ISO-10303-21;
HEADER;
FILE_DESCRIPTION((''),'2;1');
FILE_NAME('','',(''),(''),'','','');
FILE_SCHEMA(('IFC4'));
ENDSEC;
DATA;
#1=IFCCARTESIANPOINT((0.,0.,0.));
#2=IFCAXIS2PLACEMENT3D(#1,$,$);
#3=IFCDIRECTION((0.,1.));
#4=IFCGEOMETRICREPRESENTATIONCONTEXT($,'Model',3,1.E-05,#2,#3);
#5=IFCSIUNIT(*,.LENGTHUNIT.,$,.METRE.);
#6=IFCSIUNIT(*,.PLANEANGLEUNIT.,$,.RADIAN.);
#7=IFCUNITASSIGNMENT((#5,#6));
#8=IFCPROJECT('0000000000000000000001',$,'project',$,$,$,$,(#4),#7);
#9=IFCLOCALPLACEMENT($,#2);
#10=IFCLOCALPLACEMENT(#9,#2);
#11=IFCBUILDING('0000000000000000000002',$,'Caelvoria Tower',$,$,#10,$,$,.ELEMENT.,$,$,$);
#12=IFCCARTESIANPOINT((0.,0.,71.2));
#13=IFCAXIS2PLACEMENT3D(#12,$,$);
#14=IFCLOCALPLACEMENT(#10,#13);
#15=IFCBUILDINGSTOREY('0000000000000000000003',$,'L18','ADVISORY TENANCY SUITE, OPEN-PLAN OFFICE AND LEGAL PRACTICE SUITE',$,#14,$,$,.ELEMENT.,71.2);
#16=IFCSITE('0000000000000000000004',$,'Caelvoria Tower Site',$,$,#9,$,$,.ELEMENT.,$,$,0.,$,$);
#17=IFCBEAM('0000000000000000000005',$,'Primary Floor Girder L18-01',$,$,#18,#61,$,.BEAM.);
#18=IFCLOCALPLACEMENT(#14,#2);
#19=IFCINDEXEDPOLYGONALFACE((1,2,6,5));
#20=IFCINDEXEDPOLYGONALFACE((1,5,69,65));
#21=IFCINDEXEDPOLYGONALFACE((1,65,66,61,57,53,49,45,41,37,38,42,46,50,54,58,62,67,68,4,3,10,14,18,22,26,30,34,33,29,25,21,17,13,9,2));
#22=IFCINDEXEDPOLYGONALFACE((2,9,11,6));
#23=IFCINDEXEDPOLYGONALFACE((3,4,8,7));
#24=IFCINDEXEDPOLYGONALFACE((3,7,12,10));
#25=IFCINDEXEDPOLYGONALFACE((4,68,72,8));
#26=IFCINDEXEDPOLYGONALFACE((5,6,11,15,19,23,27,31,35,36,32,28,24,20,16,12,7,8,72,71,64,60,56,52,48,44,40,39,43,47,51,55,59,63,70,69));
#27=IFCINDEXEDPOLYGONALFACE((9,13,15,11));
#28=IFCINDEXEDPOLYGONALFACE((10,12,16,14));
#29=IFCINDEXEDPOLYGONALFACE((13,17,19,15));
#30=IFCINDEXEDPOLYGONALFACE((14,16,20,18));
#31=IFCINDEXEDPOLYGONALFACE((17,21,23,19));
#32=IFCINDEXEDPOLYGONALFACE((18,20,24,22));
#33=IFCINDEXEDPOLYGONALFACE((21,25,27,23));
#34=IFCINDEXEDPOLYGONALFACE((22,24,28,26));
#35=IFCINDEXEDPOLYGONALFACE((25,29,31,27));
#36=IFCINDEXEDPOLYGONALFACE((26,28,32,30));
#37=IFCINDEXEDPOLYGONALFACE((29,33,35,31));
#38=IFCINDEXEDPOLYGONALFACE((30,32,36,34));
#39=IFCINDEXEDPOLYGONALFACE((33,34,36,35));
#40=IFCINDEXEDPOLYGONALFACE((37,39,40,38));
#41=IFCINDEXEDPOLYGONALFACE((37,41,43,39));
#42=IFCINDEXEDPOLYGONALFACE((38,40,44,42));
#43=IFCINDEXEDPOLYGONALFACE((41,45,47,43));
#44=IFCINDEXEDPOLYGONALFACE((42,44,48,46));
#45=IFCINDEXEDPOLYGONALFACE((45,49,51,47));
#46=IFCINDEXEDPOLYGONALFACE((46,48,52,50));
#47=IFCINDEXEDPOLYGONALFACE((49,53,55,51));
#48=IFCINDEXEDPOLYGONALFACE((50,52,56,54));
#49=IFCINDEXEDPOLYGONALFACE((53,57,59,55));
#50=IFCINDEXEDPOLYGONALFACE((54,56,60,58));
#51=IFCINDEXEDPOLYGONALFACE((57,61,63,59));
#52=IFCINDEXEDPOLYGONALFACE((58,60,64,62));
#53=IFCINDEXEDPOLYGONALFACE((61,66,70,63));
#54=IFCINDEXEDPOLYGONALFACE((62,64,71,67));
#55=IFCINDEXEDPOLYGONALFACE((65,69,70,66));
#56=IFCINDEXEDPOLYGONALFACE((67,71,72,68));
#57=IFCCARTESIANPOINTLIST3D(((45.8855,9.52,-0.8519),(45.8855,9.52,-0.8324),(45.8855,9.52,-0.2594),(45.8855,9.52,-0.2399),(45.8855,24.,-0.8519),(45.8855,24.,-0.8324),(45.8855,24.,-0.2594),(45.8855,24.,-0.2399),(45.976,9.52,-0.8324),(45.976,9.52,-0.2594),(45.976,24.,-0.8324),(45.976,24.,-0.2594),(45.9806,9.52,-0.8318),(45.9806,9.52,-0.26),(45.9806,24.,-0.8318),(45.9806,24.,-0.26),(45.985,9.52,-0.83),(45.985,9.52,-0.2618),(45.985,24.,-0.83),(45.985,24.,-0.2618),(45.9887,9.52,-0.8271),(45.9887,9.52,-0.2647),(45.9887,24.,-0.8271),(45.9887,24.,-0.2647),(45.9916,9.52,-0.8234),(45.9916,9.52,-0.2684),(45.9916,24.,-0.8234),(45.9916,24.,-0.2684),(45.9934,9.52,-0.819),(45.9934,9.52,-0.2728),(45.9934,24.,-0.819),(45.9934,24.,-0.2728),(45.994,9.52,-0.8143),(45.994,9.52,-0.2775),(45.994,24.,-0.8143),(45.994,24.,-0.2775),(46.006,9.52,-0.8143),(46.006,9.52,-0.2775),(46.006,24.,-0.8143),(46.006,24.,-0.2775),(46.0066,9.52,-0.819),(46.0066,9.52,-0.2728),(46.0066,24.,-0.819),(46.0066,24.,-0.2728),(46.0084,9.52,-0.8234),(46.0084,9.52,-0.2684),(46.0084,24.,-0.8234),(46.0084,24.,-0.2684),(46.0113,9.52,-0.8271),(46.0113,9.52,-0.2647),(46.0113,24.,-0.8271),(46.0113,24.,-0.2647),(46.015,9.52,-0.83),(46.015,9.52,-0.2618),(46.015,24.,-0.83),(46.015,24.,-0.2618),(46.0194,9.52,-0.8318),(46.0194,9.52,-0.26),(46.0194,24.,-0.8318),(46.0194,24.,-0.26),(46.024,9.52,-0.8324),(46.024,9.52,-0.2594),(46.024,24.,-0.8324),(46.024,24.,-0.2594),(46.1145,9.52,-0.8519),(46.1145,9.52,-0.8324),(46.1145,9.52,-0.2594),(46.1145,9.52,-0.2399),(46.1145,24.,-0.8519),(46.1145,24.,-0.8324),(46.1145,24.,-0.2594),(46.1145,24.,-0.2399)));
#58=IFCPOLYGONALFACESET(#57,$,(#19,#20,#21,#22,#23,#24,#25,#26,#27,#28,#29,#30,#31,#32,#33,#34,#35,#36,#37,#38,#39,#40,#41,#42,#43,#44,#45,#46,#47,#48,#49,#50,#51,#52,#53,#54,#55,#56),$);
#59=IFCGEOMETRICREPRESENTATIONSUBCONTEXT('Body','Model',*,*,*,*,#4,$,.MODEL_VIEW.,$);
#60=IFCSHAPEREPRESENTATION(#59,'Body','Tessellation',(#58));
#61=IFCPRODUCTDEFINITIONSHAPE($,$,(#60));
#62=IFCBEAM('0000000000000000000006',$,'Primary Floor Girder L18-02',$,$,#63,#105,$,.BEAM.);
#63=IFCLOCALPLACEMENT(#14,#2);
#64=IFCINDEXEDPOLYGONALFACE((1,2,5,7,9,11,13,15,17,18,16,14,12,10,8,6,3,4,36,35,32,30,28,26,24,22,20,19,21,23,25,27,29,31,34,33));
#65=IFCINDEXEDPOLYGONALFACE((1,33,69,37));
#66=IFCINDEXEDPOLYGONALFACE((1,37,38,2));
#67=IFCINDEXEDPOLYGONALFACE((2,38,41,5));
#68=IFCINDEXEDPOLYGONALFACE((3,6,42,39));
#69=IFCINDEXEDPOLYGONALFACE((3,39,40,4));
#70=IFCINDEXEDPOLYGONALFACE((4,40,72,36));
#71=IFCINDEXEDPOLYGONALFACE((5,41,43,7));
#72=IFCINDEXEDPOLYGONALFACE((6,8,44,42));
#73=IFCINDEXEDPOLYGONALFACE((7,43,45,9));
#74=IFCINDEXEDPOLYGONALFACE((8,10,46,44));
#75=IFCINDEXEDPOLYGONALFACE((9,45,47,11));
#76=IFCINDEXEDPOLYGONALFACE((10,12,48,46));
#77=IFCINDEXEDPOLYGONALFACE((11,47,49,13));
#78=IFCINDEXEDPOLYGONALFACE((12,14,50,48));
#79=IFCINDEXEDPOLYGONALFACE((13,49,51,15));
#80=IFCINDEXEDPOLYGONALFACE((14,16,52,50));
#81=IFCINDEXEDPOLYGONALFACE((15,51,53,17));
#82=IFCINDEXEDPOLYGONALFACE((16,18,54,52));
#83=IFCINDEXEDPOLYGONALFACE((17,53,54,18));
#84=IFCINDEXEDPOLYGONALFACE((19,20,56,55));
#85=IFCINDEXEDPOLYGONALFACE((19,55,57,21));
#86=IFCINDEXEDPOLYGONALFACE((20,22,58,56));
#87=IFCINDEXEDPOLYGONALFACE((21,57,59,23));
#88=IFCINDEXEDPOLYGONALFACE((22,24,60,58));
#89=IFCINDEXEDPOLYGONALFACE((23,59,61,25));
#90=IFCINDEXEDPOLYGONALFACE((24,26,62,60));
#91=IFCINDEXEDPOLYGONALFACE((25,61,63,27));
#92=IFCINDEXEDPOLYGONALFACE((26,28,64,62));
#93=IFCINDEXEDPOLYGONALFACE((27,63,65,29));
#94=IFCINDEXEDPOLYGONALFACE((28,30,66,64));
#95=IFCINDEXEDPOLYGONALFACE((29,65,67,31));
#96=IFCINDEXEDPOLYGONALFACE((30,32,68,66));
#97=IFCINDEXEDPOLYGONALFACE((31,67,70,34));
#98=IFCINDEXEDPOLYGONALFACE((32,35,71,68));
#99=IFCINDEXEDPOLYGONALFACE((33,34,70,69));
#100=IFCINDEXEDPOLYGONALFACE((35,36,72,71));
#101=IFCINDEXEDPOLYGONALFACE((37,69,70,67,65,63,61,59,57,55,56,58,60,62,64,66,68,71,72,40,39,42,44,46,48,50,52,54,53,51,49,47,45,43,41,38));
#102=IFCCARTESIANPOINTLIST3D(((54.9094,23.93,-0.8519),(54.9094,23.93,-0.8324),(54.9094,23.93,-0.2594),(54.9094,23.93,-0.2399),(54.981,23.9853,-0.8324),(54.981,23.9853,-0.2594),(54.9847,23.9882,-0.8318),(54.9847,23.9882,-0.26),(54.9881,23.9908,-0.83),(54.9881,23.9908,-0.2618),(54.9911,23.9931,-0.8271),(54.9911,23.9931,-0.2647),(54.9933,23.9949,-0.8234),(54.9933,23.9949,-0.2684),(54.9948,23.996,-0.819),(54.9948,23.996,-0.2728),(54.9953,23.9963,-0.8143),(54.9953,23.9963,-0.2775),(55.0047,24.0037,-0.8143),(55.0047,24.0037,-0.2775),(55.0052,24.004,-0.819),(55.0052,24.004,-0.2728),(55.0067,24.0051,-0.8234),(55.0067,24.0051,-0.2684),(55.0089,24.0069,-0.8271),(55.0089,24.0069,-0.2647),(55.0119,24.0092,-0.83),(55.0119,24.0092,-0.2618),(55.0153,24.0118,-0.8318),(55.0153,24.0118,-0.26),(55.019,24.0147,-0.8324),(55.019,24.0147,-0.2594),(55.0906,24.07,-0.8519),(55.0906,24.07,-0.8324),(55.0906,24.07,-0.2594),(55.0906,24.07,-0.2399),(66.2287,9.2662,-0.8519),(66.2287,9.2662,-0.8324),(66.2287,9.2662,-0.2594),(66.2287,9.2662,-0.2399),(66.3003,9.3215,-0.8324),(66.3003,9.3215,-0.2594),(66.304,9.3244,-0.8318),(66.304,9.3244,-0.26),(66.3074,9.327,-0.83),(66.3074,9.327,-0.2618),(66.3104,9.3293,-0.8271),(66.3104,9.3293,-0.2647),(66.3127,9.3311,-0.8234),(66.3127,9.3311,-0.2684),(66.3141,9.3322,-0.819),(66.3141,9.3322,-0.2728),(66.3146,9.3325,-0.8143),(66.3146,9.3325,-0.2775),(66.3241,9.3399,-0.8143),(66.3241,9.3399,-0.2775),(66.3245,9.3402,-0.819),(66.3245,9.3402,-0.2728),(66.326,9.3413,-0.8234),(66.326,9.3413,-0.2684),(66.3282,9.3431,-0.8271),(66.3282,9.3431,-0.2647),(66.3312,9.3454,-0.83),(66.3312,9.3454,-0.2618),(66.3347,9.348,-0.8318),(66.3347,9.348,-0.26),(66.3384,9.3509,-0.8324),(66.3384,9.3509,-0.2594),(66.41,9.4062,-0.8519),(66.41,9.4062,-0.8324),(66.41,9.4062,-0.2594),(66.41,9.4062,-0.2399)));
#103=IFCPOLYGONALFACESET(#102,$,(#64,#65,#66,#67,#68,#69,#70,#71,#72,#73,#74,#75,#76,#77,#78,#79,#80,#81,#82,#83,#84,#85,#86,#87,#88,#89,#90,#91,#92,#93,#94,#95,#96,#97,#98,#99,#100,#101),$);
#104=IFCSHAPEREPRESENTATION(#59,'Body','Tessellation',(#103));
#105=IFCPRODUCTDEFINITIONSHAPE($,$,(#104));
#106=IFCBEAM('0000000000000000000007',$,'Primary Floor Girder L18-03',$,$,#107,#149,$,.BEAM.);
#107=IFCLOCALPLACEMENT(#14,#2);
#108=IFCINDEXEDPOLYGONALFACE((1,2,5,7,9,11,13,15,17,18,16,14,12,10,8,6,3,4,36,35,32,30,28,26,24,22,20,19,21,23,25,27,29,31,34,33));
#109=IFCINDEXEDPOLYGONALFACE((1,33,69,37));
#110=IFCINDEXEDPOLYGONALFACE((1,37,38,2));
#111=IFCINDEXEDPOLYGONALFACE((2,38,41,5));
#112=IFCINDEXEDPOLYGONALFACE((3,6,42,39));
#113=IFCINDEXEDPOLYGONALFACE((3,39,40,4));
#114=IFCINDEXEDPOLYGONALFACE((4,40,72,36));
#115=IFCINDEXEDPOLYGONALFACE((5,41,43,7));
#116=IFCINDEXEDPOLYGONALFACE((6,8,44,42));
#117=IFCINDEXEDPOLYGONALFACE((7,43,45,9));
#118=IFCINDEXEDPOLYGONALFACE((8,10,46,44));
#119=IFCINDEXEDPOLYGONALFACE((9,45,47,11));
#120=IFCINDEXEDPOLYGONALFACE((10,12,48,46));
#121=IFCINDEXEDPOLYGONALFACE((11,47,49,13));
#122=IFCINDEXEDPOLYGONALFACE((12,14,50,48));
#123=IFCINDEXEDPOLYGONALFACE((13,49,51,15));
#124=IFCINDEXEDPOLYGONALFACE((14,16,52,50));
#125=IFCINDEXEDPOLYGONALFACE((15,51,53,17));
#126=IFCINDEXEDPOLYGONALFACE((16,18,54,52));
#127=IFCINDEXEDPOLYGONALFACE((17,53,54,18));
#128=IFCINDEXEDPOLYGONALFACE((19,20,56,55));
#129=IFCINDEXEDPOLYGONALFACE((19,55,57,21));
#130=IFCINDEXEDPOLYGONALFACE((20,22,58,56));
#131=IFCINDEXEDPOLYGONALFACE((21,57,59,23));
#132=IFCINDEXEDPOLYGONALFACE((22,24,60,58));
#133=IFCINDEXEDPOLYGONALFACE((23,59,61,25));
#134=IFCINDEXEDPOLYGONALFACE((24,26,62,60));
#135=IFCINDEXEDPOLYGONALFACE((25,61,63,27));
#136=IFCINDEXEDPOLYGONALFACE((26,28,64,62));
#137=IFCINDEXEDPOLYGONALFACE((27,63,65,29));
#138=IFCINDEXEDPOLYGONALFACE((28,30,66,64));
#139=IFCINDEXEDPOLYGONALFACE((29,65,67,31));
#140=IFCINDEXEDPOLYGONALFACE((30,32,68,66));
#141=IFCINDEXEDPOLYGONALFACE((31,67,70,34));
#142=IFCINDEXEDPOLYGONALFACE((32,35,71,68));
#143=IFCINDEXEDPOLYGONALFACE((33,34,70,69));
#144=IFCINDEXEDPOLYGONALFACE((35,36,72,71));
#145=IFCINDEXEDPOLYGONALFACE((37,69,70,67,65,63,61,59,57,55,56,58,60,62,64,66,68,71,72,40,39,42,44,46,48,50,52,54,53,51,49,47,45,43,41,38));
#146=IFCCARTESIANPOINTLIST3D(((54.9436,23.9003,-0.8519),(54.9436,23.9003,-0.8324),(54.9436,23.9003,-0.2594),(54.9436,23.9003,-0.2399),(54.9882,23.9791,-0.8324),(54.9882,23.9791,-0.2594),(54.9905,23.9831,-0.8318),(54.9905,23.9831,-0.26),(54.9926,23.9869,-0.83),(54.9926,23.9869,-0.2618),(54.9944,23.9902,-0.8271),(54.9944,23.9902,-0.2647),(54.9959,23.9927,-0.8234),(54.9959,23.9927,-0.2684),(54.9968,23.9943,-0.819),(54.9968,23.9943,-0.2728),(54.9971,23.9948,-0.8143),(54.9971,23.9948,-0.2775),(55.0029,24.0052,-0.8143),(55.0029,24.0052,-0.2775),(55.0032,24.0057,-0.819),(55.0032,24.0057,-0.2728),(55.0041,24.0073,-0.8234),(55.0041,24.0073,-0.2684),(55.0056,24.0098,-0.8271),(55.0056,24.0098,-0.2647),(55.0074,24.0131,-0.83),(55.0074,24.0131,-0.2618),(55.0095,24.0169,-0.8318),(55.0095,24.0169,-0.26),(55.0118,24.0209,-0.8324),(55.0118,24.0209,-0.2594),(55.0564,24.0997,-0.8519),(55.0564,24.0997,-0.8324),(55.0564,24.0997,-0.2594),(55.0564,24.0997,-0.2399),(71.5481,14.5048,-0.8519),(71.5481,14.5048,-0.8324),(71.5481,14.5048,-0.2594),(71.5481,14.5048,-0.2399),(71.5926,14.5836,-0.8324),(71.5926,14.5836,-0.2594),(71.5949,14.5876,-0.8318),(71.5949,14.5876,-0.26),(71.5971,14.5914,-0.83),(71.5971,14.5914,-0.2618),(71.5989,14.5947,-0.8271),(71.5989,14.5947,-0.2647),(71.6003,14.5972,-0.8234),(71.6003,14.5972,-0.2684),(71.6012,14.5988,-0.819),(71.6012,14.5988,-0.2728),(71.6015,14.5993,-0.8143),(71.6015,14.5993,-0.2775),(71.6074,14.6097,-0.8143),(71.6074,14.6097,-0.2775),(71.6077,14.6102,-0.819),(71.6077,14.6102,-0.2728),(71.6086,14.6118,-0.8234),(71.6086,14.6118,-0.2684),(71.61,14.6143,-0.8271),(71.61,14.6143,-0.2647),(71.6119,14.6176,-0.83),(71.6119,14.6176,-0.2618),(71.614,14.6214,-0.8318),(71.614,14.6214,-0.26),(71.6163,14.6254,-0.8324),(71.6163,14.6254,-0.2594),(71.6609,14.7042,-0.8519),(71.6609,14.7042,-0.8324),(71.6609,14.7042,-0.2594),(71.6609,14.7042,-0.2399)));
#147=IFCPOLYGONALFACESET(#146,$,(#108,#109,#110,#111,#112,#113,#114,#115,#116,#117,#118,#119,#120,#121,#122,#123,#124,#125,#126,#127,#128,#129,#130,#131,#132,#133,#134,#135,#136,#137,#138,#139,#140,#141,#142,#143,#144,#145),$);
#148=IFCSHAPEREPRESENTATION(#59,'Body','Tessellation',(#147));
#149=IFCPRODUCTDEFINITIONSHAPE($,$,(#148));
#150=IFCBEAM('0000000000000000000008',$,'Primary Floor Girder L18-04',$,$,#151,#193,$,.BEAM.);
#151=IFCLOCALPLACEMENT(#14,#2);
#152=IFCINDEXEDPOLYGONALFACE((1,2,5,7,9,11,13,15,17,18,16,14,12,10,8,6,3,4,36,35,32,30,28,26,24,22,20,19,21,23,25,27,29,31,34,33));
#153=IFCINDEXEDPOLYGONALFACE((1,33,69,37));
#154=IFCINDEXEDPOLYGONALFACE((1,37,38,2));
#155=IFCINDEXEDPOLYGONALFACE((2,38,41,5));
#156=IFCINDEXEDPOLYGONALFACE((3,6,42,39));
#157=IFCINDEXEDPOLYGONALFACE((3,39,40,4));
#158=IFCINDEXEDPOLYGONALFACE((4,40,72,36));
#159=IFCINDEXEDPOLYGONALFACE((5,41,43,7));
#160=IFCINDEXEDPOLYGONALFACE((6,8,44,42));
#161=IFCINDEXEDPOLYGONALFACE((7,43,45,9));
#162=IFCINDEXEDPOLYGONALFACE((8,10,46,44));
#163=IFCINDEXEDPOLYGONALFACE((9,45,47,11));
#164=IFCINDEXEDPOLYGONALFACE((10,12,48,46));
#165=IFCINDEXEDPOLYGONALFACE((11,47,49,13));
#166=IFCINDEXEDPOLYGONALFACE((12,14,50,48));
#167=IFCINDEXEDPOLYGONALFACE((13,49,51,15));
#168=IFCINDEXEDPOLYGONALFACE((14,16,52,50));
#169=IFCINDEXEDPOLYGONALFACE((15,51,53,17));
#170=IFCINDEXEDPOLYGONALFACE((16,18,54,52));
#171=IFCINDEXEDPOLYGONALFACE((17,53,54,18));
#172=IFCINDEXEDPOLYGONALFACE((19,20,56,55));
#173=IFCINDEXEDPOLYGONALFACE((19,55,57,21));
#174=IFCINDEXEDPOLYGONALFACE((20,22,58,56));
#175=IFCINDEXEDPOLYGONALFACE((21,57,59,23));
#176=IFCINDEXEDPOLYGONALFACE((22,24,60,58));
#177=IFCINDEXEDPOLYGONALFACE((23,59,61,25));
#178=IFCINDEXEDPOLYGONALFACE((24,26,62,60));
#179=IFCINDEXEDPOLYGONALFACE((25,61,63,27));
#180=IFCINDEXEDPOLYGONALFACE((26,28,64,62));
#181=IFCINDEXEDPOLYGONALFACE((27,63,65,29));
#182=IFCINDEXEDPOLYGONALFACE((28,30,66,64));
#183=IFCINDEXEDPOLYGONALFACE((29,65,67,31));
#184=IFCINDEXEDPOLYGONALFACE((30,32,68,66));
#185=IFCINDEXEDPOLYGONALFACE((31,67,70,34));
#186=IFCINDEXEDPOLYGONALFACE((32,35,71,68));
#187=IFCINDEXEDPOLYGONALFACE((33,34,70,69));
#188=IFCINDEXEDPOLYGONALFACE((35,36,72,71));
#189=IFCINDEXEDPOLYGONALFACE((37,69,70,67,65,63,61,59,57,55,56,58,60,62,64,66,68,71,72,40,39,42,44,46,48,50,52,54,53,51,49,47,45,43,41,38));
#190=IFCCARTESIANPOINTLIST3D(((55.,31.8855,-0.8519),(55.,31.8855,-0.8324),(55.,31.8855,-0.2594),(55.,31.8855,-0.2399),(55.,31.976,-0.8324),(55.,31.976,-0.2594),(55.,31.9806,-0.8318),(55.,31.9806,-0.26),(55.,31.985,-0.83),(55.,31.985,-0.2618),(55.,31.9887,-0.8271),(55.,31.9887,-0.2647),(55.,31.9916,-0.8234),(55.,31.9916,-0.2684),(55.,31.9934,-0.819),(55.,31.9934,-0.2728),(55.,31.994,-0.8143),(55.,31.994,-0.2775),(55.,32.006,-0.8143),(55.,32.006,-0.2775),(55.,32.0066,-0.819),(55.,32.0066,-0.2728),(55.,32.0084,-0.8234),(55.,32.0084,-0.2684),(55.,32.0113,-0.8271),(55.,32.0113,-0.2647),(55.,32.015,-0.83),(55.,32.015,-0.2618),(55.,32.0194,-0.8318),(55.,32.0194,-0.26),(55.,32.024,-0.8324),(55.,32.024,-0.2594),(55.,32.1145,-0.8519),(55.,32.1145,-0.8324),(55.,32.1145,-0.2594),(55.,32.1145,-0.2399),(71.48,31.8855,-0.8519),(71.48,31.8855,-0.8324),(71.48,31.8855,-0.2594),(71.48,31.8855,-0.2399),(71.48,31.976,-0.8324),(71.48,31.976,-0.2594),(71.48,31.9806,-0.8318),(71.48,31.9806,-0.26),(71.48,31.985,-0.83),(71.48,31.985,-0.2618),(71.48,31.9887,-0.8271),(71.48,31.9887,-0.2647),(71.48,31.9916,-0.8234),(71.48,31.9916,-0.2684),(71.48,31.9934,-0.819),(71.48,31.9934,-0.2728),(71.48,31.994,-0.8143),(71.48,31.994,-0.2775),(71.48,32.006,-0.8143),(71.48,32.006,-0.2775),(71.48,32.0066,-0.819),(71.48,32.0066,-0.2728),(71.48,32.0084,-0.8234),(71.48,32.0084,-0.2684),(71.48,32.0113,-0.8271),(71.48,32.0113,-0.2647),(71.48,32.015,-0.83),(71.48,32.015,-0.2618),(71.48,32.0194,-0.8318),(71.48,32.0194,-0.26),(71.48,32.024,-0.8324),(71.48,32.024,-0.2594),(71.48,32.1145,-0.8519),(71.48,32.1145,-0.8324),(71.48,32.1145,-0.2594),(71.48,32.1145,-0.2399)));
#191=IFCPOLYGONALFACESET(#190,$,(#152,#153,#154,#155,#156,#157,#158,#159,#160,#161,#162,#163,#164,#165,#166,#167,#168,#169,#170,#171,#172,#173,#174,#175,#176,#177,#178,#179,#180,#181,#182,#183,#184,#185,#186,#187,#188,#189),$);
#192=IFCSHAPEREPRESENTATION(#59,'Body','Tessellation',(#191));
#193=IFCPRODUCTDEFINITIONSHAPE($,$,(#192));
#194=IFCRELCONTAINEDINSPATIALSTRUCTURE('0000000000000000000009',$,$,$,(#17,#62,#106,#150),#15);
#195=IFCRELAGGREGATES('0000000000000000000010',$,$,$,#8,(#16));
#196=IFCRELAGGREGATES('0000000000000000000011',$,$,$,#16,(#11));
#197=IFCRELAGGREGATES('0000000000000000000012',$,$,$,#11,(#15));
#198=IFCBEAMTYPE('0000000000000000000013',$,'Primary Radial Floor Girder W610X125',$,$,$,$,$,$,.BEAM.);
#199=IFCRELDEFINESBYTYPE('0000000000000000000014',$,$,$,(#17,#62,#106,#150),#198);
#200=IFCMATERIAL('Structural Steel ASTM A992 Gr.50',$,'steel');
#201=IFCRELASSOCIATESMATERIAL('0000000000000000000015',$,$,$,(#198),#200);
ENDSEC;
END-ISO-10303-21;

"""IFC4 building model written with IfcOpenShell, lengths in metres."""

from ifc_helpers import new_model, si_unit, direction, frame, origin, origin_2d, place, context, subcontext, project, spatial, i_section, extrude, material, material_profile, profile_set, type_object, element, save


model = new_model("IFC4")

# Units and contexts
model_context = context("Model", 3, precision=1e-05, world=origin(), true_north=direction((0.0, 1.0)))
body_context = subcontext(model_context, "Body", "Model", "MODEL_VIEW")
ifc_project = project(units=[si_unit("LENGTHUNIT", "METRE"), si_unit("PLANEANGLEUNIT", "RADIAN")], contexts=[model_context])

# Site, building, storey
site_placement = place(None, origin())
site = spatial("IfcSite", under=ifc_project, at=site_placement, Name="Caelvoria Tower Site", CompositionType="ELEMENT", RefElevation=0.0)
building_placement = place(site_placement, origin())
building = spatial("IfcBuilding", under=site, at=building_placement, Name="Caelvoria Tower", CompositionType="ELEMENT")
storey_placement = place(building_placement, frame((0.0, 0.0, 71.2)))
storey = spatial("IfcBuildingStorey", under=building, at=storey_placement, Name="L18", Description="ADVISORY TENANCY SUITE, OPEN-PLAN OFFICE AND LEGAL PRACTICE SUITE", CompositionType="ELEMENT", Elevation=71.2)

# Beams
ifc_material_1 = material(Name="Structural Steel ASTM A992 Gr.50", Category="steel")
ifc_material_profile_1 = material_profile(ifc_material_1, i_section(OverallWidth=0.229, OverallDepth=0.6121, WebThickness=0.012, FlangeThickness=0.0195, FilletRadius=0.0181, at=origin_2d()), Name="Structural Steel ASTM A992 Gr.50")
ifc_profile_set_1 = profile_set([ifc_material_profile_1], Name="W610X125 - Structural Steel ASTM A992 Gr.50")
beam_type_1 = type_object("IfcBeamType", Name="Primary Radial Floor Girder W610X125", PredefinedType="BEAM", material=ifc_profile_set_1)
beam_1_placement = place(storey_placement, frame((46.0, 24.0, -0.5459), z_axis=(0.0, -1.0, 0.0), x_axis=(1.0, 0.0, 0.0)))
element("IfcBeam", 1, at=beam_1_placement, inside=storey, type_object=beam_type_1, Name="Primary Floor Girder L18-01", PredefinedType="BEAM", context=body_context, shape_type="SweptSolid", body=[
    extrude(i_section(OverallWidth=0.229, OverallDepth=0.6121, WebThickness=0.012, FlangeThickness=0.0195, FilletRadius=0.0181, at=origin_2d()), origin(), (0.0, 0.0, 1.0), 14.48),
])
beam_2_placement = place(storey_placement, frame((55.0, 24.0, -0.5459), z_axis=(0.611049, -0.791593, 0.0), x_axis=(0.791593, 0.611049, 0.0)))
element("IfcBeam", 2, at=beam_2_placement, inside=storey, type_object=beam_type_1, Name="Primary Floor Girder L18-02", PredefinedType="BEAM", context=body_context, shape_type="SweptSolid", body=[
    extrude(i_section(OverallWidth=0.229, OverallDepth=0.6121, WebThickness=0.012, FlangeThickness=0.0195, FilletRadius=0.0181, at=origin_2d()), origin(), (0.0, 0.0, 1.0), 18.5244),
])
beam_3_placement = place(storey_placement, frame((55.0, 24.0, -0.5459), z_axis=(0.87033, -0.492469, 0.0), x_axis=(0.492469, 0.87033, 0.0)))
element("IfcBeam", 3, at=beam_3_placement, inside=storey, type_object=beam_type_1, Name="Primary Floor Girder L18-03", PredefinedType="BEAM", context=body_context, shape_type="SweptSolid", body=[
    extrude(i_section(OverallWidth=0.229, OverallDepth=0.6121, WebThickness=0.012, FlangeThickness=0.0195, FilletRadius=0.0181, at=origin_2d()), origin(), (0.0, 0.0, 1.0), 19.0784),
])
beam_4_placement = place(storey_placement, frame((55.0, 32.0, -0.5459), z_axis=(1.0, 0.0, 0.0), x_axis=(0.0, 1.0, 0.0)))
element("IfcBeam", 4, at=beam_4_placement, inside=storey, type_object=beam_type_1, Name="Primary Floor Girder L18-04", PredefinedType="BEAM", context=body_context, shape_type="SweptSolid", body=[
    extrude(i_section(OverallWidth=0.229, OverallDepth=0.6121, WebThickness=0.012, FlangeThickness=0.0195, FilletRadius=0.0181, at=origin_2d()), origin(), (0.0, 0.0, 1.0), 16.48),
])

save(model, "model.ifc")
